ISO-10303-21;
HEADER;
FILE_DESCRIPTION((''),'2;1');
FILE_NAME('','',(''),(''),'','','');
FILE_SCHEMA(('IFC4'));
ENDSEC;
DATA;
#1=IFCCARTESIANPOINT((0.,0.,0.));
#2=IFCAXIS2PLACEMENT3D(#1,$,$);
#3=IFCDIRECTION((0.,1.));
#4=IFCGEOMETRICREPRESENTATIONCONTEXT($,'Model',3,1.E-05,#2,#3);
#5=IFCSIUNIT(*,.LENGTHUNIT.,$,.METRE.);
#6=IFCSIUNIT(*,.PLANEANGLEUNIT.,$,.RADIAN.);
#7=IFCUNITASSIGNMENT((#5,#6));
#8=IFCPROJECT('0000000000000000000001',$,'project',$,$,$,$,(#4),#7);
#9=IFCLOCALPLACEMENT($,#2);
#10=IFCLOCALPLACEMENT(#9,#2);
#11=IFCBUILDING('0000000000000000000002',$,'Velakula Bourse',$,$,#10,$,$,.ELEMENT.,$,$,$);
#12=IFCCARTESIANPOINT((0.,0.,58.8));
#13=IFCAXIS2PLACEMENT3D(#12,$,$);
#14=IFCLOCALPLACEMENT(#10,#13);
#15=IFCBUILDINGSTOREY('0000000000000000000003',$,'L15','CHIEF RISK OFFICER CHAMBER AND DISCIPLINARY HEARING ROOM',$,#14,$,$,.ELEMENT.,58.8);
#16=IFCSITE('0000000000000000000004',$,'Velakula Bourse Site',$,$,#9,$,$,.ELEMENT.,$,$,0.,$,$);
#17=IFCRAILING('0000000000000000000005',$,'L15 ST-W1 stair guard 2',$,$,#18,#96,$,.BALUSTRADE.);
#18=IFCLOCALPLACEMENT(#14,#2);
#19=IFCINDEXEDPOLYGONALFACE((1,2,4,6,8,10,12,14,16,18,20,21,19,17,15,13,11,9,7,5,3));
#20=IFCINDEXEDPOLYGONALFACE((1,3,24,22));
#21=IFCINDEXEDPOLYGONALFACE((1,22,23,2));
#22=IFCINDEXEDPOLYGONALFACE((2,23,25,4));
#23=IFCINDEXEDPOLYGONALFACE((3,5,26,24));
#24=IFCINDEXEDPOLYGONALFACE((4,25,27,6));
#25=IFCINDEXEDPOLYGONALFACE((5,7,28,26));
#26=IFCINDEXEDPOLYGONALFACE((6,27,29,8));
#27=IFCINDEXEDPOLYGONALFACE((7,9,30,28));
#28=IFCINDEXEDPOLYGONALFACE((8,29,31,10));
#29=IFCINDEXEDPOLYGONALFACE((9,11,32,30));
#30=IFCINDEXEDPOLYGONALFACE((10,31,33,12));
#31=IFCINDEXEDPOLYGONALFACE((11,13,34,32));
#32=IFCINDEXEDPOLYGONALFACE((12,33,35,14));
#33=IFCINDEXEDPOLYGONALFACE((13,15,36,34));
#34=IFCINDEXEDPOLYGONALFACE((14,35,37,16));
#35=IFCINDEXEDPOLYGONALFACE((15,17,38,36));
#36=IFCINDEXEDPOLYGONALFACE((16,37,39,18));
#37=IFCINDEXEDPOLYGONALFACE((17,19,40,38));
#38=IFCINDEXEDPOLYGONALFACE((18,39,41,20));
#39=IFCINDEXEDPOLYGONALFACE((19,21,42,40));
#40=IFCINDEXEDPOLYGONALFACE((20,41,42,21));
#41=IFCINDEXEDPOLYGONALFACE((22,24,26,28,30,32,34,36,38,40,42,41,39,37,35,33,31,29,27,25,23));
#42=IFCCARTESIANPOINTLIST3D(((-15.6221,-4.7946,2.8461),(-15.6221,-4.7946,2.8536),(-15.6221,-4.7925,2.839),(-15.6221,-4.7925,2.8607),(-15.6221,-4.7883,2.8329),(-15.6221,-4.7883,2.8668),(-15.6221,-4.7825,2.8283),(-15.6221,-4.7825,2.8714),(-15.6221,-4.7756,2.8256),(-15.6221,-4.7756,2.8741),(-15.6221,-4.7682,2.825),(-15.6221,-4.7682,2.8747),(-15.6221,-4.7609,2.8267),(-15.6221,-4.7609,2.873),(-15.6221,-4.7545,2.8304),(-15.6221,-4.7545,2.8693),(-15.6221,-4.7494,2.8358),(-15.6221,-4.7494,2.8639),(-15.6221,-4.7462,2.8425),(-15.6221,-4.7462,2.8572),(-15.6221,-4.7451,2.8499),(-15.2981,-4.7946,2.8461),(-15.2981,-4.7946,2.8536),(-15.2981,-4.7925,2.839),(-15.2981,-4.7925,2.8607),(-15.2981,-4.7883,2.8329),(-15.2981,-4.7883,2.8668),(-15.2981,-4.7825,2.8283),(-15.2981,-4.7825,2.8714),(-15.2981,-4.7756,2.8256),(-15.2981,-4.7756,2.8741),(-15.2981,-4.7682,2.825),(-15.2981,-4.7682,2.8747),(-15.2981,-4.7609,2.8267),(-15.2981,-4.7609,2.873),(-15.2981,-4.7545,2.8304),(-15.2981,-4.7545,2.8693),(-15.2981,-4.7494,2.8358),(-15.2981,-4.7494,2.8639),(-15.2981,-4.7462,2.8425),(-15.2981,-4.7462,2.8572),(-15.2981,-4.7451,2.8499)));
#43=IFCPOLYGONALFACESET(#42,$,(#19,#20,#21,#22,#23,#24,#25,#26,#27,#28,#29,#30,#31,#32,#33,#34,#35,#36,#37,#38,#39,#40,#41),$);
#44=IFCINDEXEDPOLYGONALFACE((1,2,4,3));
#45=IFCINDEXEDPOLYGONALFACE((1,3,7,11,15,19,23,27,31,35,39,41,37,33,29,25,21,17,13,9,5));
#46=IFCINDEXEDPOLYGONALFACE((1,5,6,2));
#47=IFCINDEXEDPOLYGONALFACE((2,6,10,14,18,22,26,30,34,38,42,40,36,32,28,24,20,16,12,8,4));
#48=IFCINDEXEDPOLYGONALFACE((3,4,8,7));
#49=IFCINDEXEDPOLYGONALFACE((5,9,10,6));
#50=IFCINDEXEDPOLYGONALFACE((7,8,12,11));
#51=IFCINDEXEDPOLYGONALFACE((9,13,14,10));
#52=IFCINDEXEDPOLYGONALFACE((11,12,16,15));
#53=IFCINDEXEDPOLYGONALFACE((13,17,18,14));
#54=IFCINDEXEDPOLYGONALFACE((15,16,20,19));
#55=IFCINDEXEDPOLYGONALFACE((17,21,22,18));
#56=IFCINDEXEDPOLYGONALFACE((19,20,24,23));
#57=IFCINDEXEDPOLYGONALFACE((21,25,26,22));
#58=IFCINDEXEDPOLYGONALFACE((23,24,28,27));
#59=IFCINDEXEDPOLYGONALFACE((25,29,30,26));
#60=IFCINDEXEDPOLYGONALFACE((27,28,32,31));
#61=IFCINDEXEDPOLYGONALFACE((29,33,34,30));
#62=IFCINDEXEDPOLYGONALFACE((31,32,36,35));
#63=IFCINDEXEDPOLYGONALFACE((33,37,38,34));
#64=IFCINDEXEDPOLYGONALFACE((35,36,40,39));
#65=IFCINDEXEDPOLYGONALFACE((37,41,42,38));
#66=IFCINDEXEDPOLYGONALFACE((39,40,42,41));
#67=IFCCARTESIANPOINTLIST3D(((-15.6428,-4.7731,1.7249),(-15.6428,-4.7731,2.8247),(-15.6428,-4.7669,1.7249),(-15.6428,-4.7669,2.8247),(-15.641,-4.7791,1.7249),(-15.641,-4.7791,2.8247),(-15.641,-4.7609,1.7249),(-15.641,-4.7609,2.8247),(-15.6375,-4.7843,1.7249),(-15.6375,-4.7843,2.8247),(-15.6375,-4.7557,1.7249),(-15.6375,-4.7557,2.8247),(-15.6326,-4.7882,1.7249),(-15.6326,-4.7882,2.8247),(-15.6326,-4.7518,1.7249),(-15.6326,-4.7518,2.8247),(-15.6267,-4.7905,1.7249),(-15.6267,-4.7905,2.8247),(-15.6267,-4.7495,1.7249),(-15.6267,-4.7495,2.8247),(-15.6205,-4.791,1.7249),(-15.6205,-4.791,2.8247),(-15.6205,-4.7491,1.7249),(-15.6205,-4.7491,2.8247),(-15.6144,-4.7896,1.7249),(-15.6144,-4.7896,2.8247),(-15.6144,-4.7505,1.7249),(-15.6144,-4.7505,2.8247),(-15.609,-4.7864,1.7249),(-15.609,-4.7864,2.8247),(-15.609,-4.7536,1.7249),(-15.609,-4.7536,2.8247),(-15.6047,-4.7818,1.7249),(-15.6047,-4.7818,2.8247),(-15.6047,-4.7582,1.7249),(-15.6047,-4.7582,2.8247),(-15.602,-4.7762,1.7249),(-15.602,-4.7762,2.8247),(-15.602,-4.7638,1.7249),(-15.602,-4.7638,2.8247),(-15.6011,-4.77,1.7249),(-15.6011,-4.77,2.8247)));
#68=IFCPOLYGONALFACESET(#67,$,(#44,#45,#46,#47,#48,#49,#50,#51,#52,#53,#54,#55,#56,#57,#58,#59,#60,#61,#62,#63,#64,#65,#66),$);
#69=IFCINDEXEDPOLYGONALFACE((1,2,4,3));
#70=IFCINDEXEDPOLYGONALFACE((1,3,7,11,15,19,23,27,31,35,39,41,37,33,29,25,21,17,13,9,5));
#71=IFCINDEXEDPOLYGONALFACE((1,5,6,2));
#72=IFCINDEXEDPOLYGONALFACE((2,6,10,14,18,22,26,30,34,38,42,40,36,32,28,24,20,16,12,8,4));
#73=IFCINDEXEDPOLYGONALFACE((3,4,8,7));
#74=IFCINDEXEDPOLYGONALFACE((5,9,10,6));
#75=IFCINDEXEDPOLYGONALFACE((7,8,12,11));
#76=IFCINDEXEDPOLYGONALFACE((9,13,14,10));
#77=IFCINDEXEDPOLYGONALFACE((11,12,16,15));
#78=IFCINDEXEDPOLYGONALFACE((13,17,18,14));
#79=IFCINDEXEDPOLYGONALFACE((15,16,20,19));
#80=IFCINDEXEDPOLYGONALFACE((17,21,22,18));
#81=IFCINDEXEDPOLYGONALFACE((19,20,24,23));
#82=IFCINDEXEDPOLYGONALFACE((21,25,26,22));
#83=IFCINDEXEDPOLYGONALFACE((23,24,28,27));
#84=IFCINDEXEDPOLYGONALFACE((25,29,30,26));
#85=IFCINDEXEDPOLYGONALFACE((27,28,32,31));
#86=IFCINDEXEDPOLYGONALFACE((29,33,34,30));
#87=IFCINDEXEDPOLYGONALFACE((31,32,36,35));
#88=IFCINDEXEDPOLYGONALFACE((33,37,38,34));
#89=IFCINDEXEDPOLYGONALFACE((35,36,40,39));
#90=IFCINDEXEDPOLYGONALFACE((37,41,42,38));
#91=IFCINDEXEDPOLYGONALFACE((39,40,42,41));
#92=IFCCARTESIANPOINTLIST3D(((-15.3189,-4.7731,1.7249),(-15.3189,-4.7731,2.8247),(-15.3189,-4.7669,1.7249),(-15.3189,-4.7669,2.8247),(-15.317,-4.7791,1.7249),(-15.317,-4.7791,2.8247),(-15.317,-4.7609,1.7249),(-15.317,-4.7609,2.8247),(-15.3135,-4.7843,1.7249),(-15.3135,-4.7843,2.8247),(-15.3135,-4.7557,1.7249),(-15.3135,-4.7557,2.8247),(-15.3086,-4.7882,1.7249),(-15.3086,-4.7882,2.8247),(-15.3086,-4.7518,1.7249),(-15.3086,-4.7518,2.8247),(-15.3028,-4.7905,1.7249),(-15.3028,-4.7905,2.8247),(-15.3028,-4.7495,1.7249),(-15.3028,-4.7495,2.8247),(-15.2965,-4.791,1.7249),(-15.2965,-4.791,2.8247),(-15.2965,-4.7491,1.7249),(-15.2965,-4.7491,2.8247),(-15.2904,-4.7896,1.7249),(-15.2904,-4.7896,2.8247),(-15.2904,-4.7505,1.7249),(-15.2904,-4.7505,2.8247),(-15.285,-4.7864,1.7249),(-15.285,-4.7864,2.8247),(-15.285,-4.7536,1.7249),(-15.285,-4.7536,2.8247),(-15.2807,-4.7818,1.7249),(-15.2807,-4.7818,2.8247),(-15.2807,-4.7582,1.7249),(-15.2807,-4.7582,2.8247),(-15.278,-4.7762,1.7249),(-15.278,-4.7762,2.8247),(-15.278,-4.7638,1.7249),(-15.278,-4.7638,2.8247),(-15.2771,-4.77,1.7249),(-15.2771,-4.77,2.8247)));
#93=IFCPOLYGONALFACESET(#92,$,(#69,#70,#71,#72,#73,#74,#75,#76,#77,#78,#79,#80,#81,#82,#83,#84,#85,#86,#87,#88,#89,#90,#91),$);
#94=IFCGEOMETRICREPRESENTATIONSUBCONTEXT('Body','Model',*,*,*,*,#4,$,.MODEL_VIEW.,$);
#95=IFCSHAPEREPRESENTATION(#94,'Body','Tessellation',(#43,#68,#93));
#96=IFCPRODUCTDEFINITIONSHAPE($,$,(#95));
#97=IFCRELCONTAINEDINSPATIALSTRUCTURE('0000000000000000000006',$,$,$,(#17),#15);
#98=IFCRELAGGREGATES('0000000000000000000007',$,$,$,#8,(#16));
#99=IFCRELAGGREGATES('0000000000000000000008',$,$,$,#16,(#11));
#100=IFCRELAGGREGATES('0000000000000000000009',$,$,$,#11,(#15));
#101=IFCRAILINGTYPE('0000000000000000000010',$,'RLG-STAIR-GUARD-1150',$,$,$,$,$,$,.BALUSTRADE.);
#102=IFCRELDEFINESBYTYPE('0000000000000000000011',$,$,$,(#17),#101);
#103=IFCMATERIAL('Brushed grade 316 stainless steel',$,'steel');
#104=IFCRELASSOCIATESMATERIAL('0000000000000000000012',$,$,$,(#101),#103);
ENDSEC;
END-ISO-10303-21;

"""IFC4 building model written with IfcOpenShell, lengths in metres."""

from ifc_helpers import new_model, si_unit, direction, frame, origin, origin_2d, place, context, subcontext, project, spatial, circle, extrude, material, type_object, element, save


model = new_model("IFC4")

# Units and contexts
model_context = context("Model", 3, precision=1e-05, world=origin(), true_north=direction((0.0, 1.0)))
body_context = subcontext(model_context, "Body", "Model", "MODEL_VIEW")
ifc_project = project(units=[si_unit("LENGTHUNIT", "METRE"), si_unit("PLANEANGLEUNIT", "RADIAN")], contexts=[model_context])

# Site, building, storey
site_placement = place(None, origin())
site = spatial("IfcSite", under=ifc_project, at=site_placement, Name="Velakula Bourse Site", CompositionType="ELEMENT", RefElevation=0.0)
building_placement = place(site_placement, origin())
building = spatial("IfcBuilding", under=site, at=building_placement, Name="Velakula Bourse", CompositionType="ELEMENT")
storey_placement = place(building_placement, frame((0.0, 0.0, 58.8)))
storey = spatial("IfcBuildingStorey", under=building, at=storey_placement, Name="L15", Description="CHIEF RISK OFFICER CHAMBER AND DISCIPLINARY HEARING ROOM", CompositionType="ELEMENT", Elevation=58.8)

# Shared definitions
ifc_material_1 = material(Name="Brushed grade 316 stainless steel", Category="steel")

# Railing
railing_type_1 = type_object("IfcRailingType", Name="RLG-STAIR-GUARD-1150", PredefinedType="BALUSTRADE", material=ifc_material_1)
railing_1_placement = place(storey_placement, frame((-15.6221, -4.77, 1.7249)))
element("IfcRailing", 1, at=railing_1_placement, inside=storey, type_object=railing_type_1, Name="L15 ST-W1 stair guard 2", PredefinedType="BALUSTRADE", context=body_context, shape_type="SweptSolid", body=[
    extrude(circle(Radius=0.0249, at=origin_2d()), frame((0.0, 0.0, 1.125), z_axis=(1.0, 0.0, 0.0), x_axis=(0.0, 1.0, 0.0)), (0.0, 0.0, 1.0), 0.324),
    extrude(circle(Radius=0.021, at=origin_2d()), origin(), (0.0, 0.0, 1.0), 1.0999),
    extrude(circle(Radius=0.021, at=origin_2d()), frame((0.324, 0.0, 0.0)), (0.0, 0.0, 1.0), 1.0999),
])

save(model, "model.ifc")
